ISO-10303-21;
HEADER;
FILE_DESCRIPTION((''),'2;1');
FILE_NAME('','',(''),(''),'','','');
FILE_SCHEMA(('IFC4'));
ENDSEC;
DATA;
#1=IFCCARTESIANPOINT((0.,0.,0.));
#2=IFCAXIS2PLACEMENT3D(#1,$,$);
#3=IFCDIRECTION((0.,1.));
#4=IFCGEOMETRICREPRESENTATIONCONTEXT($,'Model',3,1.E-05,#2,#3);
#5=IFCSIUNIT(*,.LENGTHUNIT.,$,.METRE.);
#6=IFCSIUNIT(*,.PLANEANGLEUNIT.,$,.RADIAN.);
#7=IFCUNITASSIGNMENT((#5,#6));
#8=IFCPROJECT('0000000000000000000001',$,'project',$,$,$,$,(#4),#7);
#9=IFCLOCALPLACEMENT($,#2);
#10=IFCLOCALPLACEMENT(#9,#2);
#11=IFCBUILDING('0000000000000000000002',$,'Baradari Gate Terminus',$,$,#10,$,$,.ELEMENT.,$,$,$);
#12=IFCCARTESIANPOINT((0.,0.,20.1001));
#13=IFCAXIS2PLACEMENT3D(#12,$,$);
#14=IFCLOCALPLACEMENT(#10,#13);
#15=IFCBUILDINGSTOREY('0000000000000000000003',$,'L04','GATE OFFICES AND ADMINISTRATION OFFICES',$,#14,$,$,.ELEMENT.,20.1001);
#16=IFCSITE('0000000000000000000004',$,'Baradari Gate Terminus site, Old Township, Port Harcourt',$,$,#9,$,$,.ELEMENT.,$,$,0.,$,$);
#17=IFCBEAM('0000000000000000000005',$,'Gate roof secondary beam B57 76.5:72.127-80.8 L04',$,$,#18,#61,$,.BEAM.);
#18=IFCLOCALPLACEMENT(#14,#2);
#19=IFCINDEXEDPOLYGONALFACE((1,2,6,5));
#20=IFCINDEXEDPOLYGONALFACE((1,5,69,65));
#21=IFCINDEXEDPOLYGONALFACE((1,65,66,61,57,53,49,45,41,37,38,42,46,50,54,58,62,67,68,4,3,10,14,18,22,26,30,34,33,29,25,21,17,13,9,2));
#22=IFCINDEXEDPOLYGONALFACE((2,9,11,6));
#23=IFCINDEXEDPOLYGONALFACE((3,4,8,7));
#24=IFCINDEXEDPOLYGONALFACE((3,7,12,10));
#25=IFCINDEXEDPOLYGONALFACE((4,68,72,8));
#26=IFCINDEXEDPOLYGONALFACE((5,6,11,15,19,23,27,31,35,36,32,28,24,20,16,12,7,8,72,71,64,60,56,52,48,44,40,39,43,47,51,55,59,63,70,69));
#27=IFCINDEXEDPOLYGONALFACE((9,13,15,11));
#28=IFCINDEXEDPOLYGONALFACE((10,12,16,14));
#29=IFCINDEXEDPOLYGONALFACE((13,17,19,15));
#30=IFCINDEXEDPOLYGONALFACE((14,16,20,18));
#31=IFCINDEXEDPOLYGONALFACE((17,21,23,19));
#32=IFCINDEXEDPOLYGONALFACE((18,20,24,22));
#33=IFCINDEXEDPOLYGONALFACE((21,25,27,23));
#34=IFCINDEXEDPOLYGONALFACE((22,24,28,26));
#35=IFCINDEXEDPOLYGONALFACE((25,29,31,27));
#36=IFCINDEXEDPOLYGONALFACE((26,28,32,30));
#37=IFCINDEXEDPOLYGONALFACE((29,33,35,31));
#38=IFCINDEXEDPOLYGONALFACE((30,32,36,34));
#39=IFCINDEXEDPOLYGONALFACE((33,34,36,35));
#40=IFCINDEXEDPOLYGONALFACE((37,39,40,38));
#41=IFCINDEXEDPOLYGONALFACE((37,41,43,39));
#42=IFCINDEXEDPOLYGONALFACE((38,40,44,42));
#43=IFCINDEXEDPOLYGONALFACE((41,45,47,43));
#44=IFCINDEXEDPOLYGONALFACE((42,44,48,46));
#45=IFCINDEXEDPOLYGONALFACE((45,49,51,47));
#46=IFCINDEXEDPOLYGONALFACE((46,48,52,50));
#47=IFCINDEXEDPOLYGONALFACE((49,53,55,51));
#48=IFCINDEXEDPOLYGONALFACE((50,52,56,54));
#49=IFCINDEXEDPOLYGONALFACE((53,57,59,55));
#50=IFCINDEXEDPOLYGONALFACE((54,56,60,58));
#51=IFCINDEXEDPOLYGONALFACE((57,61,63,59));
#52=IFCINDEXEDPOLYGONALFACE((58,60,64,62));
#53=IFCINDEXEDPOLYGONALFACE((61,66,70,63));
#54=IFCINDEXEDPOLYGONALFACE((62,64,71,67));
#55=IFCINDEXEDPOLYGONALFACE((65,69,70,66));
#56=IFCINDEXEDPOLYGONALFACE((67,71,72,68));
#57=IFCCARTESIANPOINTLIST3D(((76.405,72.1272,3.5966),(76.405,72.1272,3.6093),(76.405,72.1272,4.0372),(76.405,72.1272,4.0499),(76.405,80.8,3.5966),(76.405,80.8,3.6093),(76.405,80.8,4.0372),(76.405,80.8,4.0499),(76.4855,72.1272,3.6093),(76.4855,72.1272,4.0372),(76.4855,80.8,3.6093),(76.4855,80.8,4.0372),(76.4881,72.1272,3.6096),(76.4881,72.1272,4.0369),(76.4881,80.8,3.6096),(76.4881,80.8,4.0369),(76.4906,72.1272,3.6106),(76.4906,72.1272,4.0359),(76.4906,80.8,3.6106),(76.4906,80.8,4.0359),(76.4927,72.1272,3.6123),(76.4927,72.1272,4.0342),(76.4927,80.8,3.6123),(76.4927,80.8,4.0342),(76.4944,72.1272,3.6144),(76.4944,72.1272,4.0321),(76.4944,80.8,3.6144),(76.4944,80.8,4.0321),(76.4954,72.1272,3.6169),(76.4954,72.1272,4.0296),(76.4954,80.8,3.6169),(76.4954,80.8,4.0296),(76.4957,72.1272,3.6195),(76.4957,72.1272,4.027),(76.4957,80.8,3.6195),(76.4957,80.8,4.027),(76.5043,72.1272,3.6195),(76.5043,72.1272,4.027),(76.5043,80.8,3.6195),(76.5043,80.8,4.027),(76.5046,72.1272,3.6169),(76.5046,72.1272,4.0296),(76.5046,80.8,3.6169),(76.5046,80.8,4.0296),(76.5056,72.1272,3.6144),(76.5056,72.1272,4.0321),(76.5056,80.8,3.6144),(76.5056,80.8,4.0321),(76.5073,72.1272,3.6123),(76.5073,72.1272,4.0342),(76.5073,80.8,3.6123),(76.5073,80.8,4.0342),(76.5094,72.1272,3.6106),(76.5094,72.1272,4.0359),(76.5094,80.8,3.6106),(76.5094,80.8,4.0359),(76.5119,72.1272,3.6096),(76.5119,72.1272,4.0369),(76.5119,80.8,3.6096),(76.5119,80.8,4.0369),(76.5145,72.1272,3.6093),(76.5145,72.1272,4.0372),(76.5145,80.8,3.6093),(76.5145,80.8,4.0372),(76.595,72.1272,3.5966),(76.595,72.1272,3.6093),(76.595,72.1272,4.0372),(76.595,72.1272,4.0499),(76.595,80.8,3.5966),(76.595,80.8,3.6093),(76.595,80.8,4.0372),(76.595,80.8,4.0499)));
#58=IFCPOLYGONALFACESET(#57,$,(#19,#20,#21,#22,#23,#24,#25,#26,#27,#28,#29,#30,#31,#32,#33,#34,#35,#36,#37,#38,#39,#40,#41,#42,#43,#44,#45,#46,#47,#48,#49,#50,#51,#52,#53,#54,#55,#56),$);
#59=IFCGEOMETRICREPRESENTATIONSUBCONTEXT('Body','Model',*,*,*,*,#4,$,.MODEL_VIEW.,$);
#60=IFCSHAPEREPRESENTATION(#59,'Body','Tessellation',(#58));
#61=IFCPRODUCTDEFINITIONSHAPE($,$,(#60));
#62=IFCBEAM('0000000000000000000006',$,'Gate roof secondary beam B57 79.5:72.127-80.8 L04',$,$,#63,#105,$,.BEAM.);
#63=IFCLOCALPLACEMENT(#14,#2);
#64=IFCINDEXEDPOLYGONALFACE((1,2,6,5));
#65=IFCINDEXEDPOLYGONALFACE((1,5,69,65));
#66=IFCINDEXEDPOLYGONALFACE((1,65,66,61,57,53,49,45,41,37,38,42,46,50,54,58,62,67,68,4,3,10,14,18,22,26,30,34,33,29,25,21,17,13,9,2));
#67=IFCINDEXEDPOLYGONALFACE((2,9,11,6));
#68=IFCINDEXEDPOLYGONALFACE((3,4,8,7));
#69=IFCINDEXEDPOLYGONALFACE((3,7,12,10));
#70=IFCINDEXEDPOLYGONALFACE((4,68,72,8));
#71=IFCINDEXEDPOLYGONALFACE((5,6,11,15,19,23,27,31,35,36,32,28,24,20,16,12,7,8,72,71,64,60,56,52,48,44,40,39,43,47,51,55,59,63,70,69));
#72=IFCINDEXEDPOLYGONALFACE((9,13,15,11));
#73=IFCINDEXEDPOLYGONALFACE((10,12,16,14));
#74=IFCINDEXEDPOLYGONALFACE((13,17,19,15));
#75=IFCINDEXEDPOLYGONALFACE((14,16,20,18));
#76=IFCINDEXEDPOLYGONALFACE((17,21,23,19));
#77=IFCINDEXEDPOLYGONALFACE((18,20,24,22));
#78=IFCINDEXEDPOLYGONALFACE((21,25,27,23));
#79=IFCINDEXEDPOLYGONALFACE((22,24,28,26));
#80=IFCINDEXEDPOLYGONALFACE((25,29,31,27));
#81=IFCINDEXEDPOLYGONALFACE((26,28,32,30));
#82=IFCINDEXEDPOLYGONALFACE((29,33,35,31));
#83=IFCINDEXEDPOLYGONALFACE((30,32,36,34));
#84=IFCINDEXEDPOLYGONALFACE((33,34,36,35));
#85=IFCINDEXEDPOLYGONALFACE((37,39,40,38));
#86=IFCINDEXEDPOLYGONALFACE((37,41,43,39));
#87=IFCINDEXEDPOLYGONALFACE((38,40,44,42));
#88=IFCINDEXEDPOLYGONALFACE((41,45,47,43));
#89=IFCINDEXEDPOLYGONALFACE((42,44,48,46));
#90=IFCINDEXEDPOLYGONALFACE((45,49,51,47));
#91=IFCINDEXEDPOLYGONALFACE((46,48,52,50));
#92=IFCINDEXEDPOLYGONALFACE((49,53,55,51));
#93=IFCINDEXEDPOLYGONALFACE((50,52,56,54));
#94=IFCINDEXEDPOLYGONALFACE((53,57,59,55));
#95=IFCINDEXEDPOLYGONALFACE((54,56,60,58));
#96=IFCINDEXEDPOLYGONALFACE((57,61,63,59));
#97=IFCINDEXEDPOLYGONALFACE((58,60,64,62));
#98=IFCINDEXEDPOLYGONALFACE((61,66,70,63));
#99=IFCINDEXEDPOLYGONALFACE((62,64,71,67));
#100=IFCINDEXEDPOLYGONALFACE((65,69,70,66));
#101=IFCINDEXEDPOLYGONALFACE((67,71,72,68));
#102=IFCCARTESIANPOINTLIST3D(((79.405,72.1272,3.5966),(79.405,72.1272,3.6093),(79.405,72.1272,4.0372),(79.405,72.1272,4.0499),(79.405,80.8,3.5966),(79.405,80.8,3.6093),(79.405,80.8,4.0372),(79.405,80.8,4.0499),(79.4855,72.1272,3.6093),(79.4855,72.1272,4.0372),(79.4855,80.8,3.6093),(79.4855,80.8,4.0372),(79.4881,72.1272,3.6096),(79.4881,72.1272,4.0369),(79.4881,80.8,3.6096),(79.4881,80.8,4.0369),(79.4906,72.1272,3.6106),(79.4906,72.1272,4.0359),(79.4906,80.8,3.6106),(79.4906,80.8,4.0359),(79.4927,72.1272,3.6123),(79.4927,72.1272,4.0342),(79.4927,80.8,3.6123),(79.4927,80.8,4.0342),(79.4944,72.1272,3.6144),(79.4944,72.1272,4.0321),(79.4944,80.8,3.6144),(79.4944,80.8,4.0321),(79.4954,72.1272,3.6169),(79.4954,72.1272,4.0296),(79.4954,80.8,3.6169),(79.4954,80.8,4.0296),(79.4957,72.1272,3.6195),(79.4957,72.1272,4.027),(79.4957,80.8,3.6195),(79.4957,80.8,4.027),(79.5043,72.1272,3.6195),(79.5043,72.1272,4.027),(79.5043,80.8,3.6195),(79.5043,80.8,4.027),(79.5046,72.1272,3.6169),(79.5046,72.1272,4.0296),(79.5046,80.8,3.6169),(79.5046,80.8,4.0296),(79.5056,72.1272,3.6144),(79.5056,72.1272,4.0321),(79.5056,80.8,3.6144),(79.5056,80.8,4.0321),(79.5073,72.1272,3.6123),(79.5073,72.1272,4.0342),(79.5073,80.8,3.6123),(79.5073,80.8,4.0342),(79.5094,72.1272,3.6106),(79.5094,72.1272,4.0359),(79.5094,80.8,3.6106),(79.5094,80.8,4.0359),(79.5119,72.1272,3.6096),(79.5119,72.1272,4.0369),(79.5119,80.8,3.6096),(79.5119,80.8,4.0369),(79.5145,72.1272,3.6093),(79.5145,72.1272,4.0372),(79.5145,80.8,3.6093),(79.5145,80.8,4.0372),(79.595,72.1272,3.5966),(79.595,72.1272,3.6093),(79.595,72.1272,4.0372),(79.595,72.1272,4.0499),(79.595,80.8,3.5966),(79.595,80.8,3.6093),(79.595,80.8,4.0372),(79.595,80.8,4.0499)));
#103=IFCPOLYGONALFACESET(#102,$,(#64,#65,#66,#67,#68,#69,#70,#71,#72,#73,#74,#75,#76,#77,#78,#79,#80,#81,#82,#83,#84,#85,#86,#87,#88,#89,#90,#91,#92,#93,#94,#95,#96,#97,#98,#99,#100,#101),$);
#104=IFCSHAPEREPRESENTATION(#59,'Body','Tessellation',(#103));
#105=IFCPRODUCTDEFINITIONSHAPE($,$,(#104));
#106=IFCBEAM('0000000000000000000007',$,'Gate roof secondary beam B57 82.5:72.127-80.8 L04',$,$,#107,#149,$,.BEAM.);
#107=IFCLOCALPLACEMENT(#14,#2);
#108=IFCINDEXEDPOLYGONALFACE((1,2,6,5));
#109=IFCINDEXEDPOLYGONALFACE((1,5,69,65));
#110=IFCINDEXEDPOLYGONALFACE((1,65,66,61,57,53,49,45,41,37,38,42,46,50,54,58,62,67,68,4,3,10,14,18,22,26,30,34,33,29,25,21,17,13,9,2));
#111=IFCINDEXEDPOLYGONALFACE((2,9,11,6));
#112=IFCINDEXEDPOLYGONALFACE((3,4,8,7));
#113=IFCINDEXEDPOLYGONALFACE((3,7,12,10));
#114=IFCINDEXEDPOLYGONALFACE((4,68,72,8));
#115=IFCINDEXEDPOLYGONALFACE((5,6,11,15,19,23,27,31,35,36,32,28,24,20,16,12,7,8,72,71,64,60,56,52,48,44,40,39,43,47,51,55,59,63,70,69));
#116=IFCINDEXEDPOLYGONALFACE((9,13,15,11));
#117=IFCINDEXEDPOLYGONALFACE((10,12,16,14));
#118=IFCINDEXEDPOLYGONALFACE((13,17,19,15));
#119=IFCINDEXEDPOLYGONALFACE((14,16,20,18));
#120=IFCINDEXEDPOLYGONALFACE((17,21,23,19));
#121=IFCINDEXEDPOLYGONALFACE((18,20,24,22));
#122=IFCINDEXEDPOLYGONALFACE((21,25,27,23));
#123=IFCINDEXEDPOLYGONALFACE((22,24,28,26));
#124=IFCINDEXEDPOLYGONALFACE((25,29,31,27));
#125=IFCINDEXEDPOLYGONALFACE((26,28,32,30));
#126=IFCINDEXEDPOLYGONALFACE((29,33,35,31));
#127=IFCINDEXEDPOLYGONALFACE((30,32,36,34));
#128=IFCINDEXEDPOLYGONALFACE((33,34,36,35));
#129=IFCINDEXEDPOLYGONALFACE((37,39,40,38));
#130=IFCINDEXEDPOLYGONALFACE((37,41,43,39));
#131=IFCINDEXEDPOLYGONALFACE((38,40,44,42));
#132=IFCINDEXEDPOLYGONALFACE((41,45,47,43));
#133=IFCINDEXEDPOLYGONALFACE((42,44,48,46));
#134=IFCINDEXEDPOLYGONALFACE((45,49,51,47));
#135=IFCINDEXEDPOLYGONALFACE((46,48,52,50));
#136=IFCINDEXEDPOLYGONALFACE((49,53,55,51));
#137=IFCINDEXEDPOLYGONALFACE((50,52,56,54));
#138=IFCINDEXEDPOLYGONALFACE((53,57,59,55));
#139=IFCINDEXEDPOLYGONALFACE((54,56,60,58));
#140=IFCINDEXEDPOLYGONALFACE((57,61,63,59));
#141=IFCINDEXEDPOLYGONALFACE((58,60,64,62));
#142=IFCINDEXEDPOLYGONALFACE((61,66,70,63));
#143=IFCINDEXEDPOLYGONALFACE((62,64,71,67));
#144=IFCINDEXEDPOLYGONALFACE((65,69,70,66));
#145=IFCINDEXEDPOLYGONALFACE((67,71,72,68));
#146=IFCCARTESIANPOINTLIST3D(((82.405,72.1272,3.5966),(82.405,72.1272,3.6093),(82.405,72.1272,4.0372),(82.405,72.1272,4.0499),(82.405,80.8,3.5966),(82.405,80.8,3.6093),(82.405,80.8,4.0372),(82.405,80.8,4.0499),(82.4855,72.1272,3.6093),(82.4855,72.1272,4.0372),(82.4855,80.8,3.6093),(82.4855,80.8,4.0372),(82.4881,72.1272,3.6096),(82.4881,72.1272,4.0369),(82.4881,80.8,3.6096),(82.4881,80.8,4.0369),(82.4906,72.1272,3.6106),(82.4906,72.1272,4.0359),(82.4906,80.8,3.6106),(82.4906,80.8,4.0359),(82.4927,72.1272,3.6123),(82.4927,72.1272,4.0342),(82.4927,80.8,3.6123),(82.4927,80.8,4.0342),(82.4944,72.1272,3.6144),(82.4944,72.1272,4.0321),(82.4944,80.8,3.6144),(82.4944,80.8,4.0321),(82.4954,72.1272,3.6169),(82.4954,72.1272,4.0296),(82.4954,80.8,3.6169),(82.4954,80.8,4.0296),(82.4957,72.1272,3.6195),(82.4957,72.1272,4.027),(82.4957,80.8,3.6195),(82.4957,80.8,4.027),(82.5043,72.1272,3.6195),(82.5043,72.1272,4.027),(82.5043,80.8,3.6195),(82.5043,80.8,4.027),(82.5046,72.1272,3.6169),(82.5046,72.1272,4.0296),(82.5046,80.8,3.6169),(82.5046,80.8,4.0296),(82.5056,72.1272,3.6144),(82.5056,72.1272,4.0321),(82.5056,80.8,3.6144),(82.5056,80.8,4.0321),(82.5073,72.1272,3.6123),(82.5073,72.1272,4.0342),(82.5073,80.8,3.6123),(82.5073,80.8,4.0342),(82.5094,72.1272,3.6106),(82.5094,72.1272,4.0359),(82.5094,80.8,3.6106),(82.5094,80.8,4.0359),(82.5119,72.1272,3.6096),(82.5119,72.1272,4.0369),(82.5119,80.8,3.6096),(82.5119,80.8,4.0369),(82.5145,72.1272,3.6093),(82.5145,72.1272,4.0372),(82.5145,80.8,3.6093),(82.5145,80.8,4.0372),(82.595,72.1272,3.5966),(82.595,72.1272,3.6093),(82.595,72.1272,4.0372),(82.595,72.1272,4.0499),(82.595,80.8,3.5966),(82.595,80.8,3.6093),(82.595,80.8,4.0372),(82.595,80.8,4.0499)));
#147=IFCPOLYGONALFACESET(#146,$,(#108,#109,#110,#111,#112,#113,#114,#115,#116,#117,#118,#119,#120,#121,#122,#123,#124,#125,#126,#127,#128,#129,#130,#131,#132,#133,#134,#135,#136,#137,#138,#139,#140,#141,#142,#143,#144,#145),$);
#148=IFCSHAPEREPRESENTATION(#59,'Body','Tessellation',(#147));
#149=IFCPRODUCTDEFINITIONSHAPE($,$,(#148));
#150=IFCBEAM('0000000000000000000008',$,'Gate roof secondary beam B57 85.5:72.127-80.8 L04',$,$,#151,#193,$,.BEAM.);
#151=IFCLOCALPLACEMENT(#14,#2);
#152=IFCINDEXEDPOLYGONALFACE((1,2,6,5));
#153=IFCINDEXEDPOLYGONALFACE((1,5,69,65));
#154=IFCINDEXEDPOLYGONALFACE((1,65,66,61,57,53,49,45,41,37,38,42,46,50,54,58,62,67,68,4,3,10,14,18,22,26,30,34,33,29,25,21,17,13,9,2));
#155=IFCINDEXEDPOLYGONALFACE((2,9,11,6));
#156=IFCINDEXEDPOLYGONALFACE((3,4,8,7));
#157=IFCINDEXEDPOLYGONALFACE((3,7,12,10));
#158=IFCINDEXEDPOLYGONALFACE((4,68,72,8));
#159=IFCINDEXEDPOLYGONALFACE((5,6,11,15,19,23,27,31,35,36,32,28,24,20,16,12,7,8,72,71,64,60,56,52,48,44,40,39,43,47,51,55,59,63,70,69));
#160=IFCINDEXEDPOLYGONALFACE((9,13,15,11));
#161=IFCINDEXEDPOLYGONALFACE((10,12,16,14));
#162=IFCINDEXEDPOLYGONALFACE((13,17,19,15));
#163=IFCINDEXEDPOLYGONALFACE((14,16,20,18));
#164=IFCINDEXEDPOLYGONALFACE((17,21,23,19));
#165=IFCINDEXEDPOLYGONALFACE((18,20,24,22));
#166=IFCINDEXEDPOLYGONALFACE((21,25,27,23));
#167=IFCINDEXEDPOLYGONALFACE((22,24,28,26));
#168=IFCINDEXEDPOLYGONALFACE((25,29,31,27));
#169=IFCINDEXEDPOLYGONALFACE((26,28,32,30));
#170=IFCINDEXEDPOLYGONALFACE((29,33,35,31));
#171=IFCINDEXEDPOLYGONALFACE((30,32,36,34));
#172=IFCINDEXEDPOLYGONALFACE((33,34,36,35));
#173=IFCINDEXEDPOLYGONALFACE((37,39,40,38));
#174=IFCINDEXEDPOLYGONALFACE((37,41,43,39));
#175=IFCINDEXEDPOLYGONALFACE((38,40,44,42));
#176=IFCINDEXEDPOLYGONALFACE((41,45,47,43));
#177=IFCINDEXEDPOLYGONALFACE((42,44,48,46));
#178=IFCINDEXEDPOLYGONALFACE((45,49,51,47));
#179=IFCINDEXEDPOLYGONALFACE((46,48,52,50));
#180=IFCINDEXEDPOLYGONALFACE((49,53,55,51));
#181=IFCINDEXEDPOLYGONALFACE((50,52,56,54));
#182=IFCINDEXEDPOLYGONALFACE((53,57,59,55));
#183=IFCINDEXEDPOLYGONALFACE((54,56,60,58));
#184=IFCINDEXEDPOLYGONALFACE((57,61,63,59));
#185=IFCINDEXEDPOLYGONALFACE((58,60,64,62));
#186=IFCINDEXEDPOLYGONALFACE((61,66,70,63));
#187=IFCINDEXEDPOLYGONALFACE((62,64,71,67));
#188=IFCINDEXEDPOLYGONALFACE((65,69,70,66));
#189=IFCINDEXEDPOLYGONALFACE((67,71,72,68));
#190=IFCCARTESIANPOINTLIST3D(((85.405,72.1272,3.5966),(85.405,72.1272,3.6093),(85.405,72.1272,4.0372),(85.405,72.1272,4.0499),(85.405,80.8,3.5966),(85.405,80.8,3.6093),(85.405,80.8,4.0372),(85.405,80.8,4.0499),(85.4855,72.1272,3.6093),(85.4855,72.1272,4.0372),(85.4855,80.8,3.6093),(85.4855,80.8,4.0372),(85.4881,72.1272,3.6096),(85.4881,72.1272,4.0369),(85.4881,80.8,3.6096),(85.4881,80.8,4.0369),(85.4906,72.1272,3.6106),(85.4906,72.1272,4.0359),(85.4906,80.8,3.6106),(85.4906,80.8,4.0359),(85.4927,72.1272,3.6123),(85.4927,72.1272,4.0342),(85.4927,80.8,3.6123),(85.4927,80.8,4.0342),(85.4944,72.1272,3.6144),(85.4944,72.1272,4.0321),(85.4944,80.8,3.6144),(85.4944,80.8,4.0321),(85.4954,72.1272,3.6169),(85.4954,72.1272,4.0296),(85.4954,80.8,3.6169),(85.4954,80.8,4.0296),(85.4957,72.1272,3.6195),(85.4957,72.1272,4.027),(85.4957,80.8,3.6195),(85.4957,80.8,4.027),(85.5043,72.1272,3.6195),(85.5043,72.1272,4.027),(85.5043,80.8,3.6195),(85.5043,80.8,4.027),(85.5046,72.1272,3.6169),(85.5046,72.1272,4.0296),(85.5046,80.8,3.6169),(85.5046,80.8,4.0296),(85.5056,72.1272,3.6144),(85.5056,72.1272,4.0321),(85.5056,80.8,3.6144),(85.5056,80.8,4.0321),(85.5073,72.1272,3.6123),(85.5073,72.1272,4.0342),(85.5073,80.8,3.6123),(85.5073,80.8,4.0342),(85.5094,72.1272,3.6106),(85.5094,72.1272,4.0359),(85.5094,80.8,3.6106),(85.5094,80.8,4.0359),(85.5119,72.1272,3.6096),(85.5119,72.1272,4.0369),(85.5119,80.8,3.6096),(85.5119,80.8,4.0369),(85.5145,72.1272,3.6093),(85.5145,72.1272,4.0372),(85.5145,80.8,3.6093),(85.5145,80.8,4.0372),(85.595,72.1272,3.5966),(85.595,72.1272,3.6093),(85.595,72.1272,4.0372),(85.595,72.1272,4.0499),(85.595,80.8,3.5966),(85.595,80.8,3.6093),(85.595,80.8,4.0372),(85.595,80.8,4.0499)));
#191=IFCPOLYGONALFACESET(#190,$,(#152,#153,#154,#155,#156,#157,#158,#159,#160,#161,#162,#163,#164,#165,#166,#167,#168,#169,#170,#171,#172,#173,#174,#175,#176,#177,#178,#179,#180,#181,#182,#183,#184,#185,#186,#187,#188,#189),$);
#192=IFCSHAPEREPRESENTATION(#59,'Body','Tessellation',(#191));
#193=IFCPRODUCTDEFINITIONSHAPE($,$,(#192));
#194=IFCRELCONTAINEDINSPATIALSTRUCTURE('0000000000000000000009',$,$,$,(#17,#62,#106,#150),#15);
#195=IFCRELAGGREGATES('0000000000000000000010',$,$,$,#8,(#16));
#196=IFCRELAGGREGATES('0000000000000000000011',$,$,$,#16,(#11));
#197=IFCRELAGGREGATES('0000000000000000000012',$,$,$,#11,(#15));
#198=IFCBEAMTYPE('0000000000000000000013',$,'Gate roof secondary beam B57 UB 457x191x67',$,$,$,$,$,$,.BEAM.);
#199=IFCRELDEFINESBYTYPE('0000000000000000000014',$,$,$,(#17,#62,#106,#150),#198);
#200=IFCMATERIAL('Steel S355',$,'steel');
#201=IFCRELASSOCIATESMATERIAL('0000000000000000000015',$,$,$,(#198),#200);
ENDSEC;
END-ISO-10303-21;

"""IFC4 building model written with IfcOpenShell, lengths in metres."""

from ifc_helpers import new_model, si_unit, direction, frame, origin, origin_2d, place, context, subcontext, project, spatial, i_section, extrude, material, material_profile, profile_set, type_object, element, save


model = new_model("IFC4")

# Units and contexts
model_context = context("Model", 3, precision=1e-05, world=origin(), true_north=direction((0.0, 1.0)))
body_context = subcontext(model_context, "Body", "Model", "MODEL_VIEW")
ifc_project = project(units=[si_unit("LENGTHUNIT", "METRE"), si_unit("PLANEANGLEUNIT", "RADIAN")], contexts=[model_context])

# Site, building, storey
site_placement = place(None, origin())
site = spatial("IfcSite", under=ifc_project, at=site_placement, Name="Baradari Gate Terminus site, Old Township, Port Harcourt", CompositionType="ELEMENT", RefElevation=0.0)
building_placement = place(site_placement, origin())
building = spatial("IfcBuilding", under=site, at=building_placement, Name="Baradari Gate Terminus", CompositionType="ELEMENT")
storey_placement = place(building_placement, frame((0.0, 0.0, 20.1001)))
storey = spatial("IfcBuildingStorey", under=building, at=storey_placement, Name="L04", Description="GATE OFFICES AND ADMINISTRATION OFFICES", CompositionType="ELEMENT", Elevation=20.1001)

# Beams
ifc_material_1 = material(Name="Steel S355", Category="steel")
ifc_material_profile_1 = material_profile(ifc_material_1, i_section(OverallWidth=0.1899, OverallDepth=0.4534, WebThickness=0.0085, FlangeThickness=0.0127, FilletRadius=0.0103, at=origin_2d()), Name="UB 457x191x67")
ifc_profile_set_1 = profile_set([ifc_material_profile_1], Name="Steel S355")
beam_type_1 = type_object("IfcBeamType", Name="Gate roof secondary beam B57 UB 457x191x67", PredefinedType="BEAM", material=ifc_profile_set_1)
for number, where, z_axis, x_axis, name in (
    (1, (76.5, 72.1272, 3.8232), (0.0, 1.0, 0.0), (-1.0, 0.0, 0.0), "Gate roof secondary beam B57 76.5:72.127-80.8 L04"),
    (2, (79.5, 72.1272, 3.8232), (0.0, 1.0, 0.0), (-1.0, 0.0, 0.0), "Gate roof secondary beam B57 79.5:72.127-80.8 L04"),
    (3, (82.5, 72.1272, 3.8232), (0.0, 1.0, 0.0), (-1.0, 0.0, 0.0), "Gate roof secondary beam B57 82.5:72.127-80.8 L04"),
    (4, (85.5, 72.1272, 3.8232), (0.0, 1.0, 0.0), (-1.0, 0.0, 0.0), "Gate roof secondary beam B57 85.5:72.127-80.8 L04"),
):
    element("IfcBeam", number, at=place(storey_placement, frame(where, z_axis=z_axis, x_axis=x_axis)), inside=storey, type_object=beam_type_1, Name=name, PredefinedType="BEAM", context=body_context, shape_type="SweptSolid", body=[
        extrude(i_section(OverallWidth=0.1899, OverallDepth=0.4534, WebThickness=0.0085, FlangeThickness=0.0127, FilletRadius=0.0103, at=origin_2d()), origin(), (0.0, 0.0, 1.0), 8.6729),
    ])

save(model, "model.ifc")
